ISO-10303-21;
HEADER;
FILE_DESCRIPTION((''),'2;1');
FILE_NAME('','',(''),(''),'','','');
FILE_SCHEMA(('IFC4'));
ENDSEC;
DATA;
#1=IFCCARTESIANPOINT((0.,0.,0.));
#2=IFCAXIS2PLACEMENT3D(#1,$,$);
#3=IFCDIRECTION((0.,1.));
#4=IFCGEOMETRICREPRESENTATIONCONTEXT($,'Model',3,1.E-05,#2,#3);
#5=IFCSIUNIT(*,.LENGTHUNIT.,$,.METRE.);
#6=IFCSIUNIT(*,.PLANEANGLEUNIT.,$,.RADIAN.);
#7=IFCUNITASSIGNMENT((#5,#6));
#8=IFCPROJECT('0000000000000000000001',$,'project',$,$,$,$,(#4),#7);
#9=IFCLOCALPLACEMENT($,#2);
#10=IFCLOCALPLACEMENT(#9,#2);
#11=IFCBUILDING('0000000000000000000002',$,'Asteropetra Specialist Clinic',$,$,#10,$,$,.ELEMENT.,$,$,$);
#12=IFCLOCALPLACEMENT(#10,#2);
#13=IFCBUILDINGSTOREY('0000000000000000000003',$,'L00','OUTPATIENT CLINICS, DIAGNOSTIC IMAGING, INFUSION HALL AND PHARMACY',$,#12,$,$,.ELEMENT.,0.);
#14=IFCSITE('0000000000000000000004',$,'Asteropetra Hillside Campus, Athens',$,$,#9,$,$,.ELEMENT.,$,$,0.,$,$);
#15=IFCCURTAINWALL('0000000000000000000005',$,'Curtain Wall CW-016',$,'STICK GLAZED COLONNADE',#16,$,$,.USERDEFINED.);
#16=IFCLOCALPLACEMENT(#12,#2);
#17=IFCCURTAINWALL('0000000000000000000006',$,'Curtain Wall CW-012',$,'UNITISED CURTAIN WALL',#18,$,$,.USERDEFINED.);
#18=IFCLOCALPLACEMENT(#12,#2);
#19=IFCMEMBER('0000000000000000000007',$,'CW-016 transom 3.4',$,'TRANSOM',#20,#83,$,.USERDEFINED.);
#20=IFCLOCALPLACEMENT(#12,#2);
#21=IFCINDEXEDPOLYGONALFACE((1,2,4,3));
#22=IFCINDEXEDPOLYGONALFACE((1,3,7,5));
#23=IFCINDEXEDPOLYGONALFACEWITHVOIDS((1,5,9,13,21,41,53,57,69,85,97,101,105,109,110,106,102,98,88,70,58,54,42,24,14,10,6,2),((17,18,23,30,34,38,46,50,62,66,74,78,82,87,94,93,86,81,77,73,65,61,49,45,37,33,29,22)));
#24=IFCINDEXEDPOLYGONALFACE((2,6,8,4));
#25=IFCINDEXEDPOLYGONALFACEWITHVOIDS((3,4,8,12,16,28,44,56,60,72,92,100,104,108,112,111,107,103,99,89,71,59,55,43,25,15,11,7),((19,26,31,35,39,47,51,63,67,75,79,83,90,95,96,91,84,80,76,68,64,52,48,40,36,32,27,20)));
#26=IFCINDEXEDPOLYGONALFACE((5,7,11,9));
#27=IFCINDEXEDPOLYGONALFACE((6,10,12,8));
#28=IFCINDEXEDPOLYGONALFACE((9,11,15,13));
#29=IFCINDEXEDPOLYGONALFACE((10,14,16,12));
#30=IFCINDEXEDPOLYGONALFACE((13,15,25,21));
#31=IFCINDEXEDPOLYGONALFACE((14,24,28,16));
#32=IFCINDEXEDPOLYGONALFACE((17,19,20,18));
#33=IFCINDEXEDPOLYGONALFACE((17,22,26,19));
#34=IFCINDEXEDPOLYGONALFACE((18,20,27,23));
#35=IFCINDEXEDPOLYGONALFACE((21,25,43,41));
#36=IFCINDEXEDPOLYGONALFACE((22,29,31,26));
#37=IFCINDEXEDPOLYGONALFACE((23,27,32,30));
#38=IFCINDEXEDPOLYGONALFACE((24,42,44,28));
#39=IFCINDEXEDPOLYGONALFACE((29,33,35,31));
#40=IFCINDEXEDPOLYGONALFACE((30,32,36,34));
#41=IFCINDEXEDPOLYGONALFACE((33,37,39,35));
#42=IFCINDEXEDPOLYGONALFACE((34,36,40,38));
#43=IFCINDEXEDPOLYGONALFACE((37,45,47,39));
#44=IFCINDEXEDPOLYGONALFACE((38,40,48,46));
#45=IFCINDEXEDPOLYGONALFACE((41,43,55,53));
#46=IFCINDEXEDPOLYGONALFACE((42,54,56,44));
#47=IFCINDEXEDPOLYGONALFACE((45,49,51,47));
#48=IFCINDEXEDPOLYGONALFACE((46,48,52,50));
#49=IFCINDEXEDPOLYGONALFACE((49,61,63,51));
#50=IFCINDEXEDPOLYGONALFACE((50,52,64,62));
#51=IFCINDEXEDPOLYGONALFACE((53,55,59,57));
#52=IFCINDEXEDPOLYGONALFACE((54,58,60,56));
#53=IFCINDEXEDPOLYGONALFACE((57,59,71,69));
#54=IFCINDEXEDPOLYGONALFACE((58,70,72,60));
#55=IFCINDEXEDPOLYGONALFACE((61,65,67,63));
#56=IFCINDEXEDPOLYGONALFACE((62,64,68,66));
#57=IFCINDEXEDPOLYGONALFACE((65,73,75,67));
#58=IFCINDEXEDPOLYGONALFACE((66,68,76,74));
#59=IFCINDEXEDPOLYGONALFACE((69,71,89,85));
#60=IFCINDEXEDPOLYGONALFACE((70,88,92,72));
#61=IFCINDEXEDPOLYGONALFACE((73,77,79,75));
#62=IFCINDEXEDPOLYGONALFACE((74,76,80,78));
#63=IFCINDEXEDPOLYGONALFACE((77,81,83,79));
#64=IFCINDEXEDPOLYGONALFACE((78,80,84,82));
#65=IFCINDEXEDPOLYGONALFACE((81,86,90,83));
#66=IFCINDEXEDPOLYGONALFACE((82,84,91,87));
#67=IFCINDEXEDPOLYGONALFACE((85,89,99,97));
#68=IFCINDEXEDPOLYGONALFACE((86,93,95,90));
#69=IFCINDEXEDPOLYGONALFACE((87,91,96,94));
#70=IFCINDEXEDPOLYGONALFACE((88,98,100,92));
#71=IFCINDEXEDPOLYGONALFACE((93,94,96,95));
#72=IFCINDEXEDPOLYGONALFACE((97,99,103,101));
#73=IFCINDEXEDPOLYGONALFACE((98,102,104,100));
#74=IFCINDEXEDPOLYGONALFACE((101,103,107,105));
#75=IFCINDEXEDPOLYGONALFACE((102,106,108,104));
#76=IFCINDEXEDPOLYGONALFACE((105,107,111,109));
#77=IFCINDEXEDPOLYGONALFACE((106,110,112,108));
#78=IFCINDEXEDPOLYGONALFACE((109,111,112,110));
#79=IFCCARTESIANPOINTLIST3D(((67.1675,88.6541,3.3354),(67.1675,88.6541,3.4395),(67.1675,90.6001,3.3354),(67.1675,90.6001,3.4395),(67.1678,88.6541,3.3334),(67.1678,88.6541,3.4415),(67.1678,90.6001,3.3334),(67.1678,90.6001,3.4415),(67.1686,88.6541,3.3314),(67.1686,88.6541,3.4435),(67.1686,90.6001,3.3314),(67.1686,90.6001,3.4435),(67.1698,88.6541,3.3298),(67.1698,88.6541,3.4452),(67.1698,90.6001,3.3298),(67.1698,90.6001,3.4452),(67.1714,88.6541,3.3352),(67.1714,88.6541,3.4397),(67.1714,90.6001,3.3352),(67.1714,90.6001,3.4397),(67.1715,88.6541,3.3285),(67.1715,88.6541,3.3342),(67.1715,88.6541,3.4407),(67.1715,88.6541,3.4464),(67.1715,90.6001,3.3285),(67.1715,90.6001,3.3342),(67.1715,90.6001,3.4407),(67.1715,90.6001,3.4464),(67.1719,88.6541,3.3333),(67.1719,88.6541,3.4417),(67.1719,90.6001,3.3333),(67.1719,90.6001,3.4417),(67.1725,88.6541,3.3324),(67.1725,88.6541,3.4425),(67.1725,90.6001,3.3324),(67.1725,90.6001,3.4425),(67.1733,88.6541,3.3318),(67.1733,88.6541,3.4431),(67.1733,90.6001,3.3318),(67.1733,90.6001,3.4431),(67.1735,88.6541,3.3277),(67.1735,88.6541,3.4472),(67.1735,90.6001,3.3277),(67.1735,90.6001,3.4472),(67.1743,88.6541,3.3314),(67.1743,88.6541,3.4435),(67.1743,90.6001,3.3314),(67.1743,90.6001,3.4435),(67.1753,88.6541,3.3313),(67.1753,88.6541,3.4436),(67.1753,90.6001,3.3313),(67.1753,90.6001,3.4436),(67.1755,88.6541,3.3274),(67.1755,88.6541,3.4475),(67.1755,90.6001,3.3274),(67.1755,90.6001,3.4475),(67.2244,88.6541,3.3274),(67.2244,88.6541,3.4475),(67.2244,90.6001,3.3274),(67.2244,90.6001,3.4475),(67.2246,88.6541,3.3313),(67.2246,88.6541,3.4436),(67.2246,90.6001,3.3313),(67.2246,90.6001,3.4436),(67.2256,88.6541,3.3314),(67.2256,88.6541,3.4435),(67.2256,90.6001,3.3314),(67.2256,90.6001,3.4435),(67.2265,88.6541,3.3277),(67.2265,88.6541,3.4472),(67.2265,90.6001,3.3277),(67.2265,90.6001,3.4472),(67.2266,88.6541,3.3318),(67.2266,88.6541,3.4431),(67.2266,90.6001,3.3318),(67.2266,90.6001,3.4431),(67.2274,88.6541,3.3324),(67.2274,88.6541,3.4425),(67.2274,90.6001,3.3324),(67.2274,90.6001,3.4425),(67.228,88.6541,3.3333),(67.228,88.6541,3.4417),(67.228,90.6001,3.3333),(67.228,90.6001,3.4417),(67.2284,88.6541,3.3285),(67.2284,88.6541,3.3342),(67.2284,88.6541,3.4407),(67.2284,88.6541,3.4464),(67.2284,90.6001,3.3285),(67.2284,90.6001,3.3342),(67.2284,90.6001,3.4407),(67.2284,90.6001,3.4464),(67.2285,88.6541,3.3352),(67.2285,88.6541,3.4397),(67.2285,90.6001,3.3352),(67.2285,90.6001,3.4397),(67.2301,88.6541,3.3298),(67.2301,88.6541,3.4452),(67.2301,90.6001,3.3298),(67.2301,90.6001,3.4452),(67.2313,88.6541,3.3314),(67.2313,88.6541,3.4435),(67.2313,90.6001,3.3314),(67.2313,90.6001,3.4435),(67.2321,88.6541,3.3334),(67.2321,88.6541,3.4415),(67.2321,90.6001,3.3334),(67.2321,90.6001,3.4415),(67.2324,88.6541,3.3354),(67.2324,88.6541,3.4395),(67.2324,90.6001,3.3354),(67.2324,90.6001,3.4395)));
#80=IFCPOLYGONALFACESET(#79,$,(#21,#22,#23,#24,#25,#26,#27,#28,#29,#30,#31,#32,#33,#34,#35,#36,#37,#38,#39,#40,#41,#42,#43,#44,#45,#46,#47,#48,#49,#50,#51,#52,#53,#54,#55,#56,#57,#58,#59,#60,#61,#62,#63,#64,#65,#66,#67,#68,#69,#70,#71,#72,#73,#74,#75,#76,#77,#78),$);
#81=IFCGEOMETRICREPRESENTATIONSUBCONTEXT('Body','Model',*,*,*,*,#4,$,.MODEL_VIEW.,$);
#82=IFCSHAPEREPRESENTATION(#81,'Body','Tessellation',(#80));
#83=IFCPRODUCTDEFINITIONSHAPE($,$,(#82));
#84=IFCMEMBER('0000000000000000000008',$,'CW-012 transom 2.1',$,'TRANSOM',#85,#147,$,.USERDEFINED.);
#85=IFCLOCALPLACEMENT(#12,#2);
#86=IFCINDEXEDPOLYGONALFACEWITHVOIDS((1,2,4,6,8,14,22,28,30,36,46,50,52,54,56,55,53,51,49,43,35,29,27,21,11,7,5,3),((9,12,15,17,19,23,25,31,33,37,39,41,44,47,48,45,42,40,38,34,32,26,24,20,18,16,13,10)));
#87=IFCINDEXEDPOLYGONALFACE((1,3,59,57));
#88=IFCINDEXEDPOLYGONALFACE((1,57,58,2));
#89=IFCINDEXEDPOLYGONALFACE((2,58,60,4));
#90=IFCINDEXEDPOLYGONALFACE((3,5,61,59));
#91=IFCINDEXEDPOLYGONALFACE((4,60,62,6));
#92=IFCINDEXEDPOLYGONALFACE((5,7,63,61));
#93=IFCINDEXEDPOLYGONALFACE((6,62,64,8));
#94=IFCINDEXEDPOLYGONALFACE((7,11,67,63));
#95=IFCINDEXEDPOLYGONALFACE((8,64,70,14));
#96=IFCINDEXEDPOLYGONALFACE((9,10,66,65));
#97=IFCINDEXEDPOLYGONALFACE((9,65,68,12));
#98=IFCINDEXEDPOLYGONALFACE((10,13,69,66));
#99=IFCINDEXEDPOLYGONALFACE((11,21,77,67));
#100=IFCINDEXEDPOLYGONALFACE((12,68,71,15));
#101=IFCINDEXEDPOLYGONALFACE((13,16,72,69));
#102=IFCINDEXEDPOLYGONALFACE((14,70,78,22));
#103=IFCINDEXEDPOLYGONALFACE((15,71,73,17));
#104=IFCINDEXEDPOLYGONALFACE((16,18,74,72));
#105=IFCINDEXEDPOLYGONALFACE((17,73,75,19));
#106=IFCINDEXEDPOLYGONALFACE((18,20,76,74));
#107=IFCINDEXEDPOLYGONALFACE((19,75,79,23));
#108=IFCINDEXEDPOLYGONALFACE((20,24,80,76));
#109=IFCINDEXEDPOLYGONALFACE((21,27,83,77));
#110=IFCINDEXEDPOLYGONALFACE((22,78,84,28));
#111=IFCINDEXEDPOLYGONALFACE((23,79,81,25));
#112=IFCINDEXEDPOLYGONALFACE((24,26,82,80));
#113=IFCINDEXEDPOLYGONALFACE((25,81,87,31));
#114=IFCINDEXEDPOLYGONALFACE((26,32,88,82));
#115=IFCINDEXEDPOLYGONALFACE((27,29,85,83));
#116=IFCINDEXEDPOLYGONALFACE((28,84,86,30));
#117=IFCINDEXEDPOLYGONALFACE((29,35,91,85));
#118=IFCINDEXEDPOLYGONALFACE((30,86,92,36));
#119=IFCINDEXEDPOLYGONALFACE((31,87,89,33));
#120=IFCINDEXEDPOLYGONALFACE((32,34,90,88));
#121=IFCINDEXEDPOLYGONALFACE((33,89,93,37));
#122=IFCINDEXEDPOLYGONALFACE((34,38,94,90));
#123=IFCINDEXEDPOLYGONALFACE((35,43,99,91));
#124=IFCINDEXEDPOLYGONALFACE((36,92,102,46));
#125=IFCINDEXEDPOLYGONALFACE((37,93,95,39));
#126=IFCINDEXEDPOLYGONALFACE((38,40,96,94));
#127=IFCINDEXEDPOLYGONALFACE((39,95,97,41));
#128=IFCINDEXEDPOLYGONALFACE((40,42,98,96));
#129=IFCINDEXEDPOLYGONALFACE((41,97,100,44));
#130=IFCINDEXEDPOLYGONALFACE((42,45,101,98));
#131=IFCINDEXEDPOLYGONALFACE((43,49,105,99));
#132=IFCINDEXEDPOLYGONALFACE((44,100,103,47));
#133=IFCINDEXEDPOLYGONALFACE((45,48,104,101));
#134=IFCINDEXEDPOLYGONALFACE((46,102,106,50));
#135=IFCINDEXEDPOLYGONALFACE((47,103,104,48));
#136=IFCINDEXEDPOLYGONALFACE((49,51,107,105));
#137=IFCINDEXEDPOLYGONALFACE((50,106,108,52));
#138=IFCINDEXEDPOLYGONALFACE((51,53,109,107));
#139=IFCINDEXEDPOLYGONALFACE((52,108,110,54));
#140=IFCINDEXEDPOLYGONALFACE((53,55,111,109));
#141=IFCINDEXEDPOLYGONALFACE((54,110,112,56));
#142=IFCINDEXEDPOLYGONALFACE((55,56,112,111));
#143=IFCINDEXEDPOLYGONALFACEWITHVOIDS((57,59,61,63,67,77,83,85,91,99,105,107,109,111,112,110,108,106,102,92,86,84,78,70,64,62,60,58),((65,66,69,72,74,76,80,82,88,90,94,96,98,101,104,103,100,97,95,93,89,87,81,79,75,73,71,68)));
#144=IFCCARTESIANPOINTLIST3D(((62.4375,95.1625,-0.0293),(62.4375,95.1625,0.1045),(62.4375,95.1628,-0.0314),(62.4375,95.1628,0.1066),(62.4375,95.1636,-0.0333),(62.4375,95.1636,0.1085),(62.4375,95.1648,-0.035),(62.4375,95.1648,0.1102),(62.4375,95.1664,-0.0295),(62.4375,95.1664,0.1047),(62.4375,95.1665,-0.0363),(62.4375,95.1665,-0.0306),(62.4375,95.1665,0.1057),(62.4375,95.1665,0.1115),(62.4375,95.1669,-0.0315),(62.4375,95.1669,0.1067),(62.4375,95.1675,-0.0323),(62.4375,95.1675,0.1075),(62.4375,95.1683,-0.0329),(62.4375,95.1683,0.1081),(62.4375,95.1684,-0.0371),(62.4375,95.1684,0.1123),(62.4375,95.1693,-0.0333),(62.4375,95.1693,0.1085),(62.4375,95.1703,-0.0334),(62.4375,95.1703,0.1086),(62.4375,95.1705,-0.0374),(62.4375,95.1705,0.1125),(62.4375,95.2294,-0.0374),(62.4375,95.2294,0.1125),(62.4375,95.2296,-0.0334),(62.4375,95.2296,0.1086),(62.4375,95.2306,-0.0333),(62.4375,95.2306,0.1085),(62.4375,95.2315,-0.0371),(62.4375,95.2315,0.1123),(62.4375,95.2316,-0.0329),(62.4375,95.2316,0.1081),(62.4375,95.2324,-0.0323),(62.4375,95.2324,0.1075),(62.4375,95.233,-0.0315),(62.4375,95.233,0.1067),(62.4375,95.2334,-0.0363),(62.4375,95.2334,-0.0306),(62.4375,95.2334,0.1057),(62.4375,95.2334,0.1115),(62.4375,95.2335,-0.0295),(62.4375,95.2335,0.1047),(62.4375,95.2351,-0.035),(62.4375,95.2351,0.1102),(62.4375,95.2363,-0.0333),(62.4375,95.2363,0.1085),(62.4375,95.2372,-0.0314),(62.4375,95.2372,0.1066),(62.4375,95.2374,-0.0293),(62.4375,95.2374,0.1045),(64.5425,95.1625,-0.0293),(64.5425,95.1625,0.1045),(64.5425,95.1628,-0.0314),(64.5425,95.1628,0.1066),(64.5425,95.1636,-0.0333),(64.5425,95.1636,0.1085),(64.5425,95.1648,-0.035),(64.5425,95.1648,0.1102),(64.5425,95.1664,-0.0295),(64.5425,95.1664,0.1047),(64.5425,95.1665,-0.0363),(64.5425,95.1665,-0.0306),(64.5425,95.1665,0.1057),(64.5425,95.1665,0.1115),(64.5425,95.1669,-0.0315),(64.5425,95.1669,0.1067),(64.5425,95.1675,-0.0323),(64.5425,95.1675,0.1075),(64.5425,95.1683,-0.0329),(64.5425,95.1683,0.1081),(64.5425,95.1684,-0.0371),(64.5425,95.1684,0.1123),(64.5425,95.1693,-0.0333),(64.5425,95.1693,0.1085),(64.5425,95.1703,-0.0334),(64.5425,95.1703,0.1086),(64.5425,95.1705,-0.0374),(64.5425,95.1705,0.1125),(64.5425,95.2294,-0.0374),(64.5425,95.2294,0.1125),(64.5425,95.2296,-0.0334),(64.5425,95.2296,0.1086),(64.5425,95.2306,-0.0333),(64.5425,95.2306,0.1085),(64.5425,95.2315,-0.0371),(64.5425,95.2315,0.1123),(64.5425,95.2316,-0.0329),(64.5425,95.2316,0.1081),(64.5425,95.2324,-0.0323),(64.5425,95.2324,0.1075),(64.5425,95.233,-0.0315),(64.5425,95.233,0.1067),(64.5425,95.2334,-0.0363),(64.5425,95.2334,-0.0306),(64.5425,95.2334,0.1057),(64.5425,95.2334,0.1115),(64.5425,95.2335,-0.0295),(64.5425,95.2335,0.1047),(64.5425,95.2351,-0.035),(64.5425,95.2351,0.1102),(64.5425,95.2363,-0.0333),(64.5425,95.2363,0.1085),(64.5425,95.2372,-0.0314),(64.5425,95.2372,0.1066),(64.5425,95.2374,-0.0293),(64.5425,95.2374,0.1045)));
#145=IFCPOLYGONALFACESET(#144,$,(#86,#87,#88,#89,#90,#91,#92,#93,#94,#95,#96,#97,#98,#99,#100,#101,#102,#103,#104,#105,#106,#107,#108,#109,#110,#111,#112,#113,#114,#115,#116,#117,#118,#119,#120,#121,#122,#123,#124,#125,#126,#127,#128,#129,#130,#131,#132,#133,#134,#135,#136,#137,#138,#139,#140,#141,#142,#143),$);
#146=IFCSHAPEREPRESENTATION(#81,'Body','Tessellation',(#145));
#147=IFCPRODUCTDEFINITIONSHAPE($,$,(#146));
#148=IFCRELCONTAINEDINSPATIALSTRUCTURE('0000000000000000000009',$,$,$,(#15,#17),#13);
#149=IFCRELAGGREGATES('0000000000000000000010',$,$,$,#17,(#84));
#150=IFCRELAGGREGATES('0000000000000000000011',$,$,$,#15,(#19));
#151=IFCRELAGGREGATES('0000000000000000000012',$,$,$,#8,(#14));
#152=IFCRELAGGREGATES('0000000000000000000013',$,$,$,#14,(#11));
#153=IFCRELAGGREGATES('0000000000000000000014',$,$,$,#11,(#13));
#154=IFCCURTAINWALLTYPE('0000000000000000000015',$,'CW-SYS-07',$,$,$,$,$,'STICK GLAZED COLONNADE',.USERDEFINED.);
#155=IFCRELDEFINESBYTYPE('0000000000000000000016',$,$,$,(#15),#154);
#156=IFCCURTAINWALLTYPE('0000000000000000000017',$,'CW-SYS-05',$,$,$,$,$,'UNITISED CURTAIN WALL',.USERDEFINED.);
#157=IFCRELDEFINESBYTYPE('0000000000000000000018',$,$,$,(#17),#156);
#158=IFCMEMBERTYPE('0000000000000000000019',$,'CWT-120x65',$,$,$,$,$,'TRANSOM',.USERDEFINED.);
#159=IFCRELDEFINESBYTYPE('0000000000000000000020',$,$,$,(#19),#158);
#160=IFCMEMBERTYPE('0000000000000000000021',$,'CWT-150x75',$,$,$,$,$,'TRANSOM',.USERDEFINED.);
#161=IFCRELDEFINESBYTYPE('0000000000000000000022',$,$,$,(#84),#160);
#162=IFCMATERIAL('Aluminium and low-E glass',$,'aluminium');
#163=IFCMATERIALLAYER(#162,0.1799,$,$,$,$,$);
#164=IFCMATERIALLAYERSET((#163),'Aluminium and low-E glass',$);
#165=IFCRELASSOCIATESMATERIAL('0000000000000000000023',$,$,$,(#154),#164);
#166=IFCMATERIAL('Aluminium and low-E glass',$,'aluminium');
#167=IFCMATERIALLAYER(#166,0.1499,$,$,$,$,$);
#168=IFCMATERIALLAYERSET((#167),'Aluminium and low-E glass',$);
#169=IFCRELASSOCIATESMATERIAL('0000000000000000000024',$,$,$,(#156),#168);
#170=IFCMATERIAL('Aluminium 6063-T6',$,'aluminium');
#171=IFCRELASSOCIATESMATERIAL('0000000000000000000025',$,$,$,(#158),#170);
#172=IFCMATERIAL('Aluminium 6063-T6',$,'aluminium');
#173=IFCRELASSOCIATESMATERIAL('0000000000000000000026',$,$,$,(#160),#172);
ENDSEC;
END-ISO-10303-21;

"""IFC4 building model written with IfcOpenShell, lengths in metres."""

from ifc_helpers import new_model, si_unit, direction, frame, origin, origin_2d, place, context, subcontext, project, spatial, hollow_rectangle, extrude, material, layer, layer_set, material_profile, profile_set, type_object, element, aggregate, save


model = new_model("IFC4")

# Units and contexts
model_context = context("Model", 3, precision=1e-05, world=origin(), true_north=direction((0.0, 1.0)))
body_context = subcontext(model_context, "Body", "Model", "MODEL_VIEW")
ifc_project = project(units=[si_unit("LENGTHUNIT", "METRE"), si_unit("PLANEANGLEUNIT", "RADIAN")], contexts=[model_context])

# Site, building, storey
site_placement = place(None, origin())
site = spatial("IfcSite", under=ifc_project, at=site_placement, Name="Asteropetra Hillside Campus, Athens", CompositionType="ELEMENT", RefElevation=0.0)
building_placement = place(site_placement, origin())
building = spatial("IfcBuilding", under=site, at=building_placement, Name="Asteropetra Specialist Clinic", CompositionType="ELEMENT")
storey_placement = place(building_placement, origin())
storey = spatial("IfcBuildingStorey", under=building, at=storey_placement, Name="L00", Description="OUTPATIENT CLINICS, DIAGNOSTIC IMAGING, INFUSION HALL AND PHARMACY", CompositionType="ELEMENT", Elevation=0.0)

# Curtain walls
ifc_material_1 = material(Name="Aluminium and low-E glass", Category="aluminium")
ifc_layer_1 = layer(ifc_material_1, 0.1799)
ifc_layer_set_1 = layer_set([ifc_layer_1], Name="Aluminium and low-E glass")
curtain_wall_type_1 = type_object("IfcCurtainWallType", Name="CW-SYS-07", ElementType="STICK GLAZED COLONNADE", PredefinedType="USERDEFINED", material=ifc_layer_set_1)
curtain_wall_1_placement = place(storey_placement, origin())
curtain_wall_1 = element("IfcCurtainWall", 1, at=curtain_wall_1_placement, inside=storey, type_object=curtain_wall_type_1, Name="Curtain Wall CW-016", ObjectType="STICK GLAZED COLONNADE", PredefinedType="USERDEFINED")
ifc_material_2 = material(Name="Aluminium and low-E glass", Category="aluminium")
ifc_layer_2 = layer(ifc_material_2, 0.1499)
ifc_layer_set_2 = layer_set([ifc_layer_2], Name="Aluminium and low-E glass")
curtain_wall_type_2 = type_object("IfcCurtainWallType", Name="CW-SYS-05", ElementType="UNITISED CURTAIN WALL", PredefinedType="USERDEFINED", material=ifc_layer_set_2)
curtain_wall_2_placement = place(storey_placement, origin())
curtain_wall_2 = element("IfcCurtainWall", 2, at=curtain_wall_2_placement, inside=storey, type_object=curtain_wall_type_2, Name="Curtain Wall CW-012", ObjectType="UNITISED CURTAIN WALL", PredefinedType="USERDEFINED")

# Members
ifc_material_3 = material(Name="Aluminium 6063-T6", Category="aluminium")
ifc_material_profile_1 = material_profile(ifc_material_3, hollow_rectangle(XDim=0.0649, YDim=0.1201, WallThickness=0.0039, InnerFilletRadius=0.0039, OuterFilletRadius=0.0081, at=origin_2d()), Name="TRN 120x65x4.0")
ifc_profile_set_1 = profile_set([ifc_material_profile_1], Name="Aluminium 6063-T6")
member_type_1 = type_object("IfcMemberType", Name="CWT-120x65", ElementType="TRANSOM", PredefinedType="USERDEFINED", material=ifc_profile_set_1)
member_1_placement = place(storey_placement, frame((67.2, 88.6541, 3.3875), z_axis=(0.0, 1.0, 0.0), x_axis=(-1.0, 0.0, 0.0)))
member_1 = element("IfcMember", 3, at=member_1_placement, type_object=member_type_1, Name="CW-016 transom 3.4", ObjectType="TRANSOM", PredefinedType="USERDEFINED", context=body_context, shape_type="SweptSolid", body=[
    extrude(hollow_rectangle(XDim=0.0649, YDim=0.1201, WallThickness=0.0039, InnerFilletRadius=0.0039, OuterFilletRadius=0.0081, at=origin_2d()), origin(), (0.0, 0.0, 1.0), 1.946),
])
ifc_material_4 = material(Name="Aluminium 6063-T6", Category="aluminium")
ifc_material_profile_2 = material_profile(ifc_material_4, hollow_rectangle(XDim=0.075, YDim=0.1499, WallThickness=0.0039, InnerFilletRadius=0.0039, OuterFilletRadius=0.0081, at=origin_2d()), Name="TRN 150x75x4.0")
ifc_profile_set_2 = profile_set([ifc_material_profile_2], Name="Aluminium 6063-T6")
member_type_2 = type_object("IfcMemberType", Name="CWT-150x75", ElementType="TRANSOM", PredefinedType="USERDEFINED", material=ifc_profile_set_2)
member_2_placement = place(storey_placement, frame((64.5425, 95.2, 0.0376), z_axis=(-1.0, 0.0, 0.0), x_axis=(0.0, -1.0, 0.0)))
member_2 = element("IfcMember", 4, at=member_2_placement, type_object=member_type_2, Name="CW-012 transom 2.1", ObjectType="TRANSOM", PredefinedType="USERDEFINED", context=body_context, shape_type="SweptSolid", body=[
    extrude(hollow_rectangle(XDim=0.075, YDim=0.1499, WallThickness=0.0039, InnerFilletRadius=0.0039, OuterFilletRadius=0.0081, at=origin_2d()), origin(), (0.0, 0.0, 1.0), 2.105),
])

aggregate(curtain_wall_2, [member_2])
aggregate(curtain_wall_1, [member_1])

save(model, "model.ifc")
